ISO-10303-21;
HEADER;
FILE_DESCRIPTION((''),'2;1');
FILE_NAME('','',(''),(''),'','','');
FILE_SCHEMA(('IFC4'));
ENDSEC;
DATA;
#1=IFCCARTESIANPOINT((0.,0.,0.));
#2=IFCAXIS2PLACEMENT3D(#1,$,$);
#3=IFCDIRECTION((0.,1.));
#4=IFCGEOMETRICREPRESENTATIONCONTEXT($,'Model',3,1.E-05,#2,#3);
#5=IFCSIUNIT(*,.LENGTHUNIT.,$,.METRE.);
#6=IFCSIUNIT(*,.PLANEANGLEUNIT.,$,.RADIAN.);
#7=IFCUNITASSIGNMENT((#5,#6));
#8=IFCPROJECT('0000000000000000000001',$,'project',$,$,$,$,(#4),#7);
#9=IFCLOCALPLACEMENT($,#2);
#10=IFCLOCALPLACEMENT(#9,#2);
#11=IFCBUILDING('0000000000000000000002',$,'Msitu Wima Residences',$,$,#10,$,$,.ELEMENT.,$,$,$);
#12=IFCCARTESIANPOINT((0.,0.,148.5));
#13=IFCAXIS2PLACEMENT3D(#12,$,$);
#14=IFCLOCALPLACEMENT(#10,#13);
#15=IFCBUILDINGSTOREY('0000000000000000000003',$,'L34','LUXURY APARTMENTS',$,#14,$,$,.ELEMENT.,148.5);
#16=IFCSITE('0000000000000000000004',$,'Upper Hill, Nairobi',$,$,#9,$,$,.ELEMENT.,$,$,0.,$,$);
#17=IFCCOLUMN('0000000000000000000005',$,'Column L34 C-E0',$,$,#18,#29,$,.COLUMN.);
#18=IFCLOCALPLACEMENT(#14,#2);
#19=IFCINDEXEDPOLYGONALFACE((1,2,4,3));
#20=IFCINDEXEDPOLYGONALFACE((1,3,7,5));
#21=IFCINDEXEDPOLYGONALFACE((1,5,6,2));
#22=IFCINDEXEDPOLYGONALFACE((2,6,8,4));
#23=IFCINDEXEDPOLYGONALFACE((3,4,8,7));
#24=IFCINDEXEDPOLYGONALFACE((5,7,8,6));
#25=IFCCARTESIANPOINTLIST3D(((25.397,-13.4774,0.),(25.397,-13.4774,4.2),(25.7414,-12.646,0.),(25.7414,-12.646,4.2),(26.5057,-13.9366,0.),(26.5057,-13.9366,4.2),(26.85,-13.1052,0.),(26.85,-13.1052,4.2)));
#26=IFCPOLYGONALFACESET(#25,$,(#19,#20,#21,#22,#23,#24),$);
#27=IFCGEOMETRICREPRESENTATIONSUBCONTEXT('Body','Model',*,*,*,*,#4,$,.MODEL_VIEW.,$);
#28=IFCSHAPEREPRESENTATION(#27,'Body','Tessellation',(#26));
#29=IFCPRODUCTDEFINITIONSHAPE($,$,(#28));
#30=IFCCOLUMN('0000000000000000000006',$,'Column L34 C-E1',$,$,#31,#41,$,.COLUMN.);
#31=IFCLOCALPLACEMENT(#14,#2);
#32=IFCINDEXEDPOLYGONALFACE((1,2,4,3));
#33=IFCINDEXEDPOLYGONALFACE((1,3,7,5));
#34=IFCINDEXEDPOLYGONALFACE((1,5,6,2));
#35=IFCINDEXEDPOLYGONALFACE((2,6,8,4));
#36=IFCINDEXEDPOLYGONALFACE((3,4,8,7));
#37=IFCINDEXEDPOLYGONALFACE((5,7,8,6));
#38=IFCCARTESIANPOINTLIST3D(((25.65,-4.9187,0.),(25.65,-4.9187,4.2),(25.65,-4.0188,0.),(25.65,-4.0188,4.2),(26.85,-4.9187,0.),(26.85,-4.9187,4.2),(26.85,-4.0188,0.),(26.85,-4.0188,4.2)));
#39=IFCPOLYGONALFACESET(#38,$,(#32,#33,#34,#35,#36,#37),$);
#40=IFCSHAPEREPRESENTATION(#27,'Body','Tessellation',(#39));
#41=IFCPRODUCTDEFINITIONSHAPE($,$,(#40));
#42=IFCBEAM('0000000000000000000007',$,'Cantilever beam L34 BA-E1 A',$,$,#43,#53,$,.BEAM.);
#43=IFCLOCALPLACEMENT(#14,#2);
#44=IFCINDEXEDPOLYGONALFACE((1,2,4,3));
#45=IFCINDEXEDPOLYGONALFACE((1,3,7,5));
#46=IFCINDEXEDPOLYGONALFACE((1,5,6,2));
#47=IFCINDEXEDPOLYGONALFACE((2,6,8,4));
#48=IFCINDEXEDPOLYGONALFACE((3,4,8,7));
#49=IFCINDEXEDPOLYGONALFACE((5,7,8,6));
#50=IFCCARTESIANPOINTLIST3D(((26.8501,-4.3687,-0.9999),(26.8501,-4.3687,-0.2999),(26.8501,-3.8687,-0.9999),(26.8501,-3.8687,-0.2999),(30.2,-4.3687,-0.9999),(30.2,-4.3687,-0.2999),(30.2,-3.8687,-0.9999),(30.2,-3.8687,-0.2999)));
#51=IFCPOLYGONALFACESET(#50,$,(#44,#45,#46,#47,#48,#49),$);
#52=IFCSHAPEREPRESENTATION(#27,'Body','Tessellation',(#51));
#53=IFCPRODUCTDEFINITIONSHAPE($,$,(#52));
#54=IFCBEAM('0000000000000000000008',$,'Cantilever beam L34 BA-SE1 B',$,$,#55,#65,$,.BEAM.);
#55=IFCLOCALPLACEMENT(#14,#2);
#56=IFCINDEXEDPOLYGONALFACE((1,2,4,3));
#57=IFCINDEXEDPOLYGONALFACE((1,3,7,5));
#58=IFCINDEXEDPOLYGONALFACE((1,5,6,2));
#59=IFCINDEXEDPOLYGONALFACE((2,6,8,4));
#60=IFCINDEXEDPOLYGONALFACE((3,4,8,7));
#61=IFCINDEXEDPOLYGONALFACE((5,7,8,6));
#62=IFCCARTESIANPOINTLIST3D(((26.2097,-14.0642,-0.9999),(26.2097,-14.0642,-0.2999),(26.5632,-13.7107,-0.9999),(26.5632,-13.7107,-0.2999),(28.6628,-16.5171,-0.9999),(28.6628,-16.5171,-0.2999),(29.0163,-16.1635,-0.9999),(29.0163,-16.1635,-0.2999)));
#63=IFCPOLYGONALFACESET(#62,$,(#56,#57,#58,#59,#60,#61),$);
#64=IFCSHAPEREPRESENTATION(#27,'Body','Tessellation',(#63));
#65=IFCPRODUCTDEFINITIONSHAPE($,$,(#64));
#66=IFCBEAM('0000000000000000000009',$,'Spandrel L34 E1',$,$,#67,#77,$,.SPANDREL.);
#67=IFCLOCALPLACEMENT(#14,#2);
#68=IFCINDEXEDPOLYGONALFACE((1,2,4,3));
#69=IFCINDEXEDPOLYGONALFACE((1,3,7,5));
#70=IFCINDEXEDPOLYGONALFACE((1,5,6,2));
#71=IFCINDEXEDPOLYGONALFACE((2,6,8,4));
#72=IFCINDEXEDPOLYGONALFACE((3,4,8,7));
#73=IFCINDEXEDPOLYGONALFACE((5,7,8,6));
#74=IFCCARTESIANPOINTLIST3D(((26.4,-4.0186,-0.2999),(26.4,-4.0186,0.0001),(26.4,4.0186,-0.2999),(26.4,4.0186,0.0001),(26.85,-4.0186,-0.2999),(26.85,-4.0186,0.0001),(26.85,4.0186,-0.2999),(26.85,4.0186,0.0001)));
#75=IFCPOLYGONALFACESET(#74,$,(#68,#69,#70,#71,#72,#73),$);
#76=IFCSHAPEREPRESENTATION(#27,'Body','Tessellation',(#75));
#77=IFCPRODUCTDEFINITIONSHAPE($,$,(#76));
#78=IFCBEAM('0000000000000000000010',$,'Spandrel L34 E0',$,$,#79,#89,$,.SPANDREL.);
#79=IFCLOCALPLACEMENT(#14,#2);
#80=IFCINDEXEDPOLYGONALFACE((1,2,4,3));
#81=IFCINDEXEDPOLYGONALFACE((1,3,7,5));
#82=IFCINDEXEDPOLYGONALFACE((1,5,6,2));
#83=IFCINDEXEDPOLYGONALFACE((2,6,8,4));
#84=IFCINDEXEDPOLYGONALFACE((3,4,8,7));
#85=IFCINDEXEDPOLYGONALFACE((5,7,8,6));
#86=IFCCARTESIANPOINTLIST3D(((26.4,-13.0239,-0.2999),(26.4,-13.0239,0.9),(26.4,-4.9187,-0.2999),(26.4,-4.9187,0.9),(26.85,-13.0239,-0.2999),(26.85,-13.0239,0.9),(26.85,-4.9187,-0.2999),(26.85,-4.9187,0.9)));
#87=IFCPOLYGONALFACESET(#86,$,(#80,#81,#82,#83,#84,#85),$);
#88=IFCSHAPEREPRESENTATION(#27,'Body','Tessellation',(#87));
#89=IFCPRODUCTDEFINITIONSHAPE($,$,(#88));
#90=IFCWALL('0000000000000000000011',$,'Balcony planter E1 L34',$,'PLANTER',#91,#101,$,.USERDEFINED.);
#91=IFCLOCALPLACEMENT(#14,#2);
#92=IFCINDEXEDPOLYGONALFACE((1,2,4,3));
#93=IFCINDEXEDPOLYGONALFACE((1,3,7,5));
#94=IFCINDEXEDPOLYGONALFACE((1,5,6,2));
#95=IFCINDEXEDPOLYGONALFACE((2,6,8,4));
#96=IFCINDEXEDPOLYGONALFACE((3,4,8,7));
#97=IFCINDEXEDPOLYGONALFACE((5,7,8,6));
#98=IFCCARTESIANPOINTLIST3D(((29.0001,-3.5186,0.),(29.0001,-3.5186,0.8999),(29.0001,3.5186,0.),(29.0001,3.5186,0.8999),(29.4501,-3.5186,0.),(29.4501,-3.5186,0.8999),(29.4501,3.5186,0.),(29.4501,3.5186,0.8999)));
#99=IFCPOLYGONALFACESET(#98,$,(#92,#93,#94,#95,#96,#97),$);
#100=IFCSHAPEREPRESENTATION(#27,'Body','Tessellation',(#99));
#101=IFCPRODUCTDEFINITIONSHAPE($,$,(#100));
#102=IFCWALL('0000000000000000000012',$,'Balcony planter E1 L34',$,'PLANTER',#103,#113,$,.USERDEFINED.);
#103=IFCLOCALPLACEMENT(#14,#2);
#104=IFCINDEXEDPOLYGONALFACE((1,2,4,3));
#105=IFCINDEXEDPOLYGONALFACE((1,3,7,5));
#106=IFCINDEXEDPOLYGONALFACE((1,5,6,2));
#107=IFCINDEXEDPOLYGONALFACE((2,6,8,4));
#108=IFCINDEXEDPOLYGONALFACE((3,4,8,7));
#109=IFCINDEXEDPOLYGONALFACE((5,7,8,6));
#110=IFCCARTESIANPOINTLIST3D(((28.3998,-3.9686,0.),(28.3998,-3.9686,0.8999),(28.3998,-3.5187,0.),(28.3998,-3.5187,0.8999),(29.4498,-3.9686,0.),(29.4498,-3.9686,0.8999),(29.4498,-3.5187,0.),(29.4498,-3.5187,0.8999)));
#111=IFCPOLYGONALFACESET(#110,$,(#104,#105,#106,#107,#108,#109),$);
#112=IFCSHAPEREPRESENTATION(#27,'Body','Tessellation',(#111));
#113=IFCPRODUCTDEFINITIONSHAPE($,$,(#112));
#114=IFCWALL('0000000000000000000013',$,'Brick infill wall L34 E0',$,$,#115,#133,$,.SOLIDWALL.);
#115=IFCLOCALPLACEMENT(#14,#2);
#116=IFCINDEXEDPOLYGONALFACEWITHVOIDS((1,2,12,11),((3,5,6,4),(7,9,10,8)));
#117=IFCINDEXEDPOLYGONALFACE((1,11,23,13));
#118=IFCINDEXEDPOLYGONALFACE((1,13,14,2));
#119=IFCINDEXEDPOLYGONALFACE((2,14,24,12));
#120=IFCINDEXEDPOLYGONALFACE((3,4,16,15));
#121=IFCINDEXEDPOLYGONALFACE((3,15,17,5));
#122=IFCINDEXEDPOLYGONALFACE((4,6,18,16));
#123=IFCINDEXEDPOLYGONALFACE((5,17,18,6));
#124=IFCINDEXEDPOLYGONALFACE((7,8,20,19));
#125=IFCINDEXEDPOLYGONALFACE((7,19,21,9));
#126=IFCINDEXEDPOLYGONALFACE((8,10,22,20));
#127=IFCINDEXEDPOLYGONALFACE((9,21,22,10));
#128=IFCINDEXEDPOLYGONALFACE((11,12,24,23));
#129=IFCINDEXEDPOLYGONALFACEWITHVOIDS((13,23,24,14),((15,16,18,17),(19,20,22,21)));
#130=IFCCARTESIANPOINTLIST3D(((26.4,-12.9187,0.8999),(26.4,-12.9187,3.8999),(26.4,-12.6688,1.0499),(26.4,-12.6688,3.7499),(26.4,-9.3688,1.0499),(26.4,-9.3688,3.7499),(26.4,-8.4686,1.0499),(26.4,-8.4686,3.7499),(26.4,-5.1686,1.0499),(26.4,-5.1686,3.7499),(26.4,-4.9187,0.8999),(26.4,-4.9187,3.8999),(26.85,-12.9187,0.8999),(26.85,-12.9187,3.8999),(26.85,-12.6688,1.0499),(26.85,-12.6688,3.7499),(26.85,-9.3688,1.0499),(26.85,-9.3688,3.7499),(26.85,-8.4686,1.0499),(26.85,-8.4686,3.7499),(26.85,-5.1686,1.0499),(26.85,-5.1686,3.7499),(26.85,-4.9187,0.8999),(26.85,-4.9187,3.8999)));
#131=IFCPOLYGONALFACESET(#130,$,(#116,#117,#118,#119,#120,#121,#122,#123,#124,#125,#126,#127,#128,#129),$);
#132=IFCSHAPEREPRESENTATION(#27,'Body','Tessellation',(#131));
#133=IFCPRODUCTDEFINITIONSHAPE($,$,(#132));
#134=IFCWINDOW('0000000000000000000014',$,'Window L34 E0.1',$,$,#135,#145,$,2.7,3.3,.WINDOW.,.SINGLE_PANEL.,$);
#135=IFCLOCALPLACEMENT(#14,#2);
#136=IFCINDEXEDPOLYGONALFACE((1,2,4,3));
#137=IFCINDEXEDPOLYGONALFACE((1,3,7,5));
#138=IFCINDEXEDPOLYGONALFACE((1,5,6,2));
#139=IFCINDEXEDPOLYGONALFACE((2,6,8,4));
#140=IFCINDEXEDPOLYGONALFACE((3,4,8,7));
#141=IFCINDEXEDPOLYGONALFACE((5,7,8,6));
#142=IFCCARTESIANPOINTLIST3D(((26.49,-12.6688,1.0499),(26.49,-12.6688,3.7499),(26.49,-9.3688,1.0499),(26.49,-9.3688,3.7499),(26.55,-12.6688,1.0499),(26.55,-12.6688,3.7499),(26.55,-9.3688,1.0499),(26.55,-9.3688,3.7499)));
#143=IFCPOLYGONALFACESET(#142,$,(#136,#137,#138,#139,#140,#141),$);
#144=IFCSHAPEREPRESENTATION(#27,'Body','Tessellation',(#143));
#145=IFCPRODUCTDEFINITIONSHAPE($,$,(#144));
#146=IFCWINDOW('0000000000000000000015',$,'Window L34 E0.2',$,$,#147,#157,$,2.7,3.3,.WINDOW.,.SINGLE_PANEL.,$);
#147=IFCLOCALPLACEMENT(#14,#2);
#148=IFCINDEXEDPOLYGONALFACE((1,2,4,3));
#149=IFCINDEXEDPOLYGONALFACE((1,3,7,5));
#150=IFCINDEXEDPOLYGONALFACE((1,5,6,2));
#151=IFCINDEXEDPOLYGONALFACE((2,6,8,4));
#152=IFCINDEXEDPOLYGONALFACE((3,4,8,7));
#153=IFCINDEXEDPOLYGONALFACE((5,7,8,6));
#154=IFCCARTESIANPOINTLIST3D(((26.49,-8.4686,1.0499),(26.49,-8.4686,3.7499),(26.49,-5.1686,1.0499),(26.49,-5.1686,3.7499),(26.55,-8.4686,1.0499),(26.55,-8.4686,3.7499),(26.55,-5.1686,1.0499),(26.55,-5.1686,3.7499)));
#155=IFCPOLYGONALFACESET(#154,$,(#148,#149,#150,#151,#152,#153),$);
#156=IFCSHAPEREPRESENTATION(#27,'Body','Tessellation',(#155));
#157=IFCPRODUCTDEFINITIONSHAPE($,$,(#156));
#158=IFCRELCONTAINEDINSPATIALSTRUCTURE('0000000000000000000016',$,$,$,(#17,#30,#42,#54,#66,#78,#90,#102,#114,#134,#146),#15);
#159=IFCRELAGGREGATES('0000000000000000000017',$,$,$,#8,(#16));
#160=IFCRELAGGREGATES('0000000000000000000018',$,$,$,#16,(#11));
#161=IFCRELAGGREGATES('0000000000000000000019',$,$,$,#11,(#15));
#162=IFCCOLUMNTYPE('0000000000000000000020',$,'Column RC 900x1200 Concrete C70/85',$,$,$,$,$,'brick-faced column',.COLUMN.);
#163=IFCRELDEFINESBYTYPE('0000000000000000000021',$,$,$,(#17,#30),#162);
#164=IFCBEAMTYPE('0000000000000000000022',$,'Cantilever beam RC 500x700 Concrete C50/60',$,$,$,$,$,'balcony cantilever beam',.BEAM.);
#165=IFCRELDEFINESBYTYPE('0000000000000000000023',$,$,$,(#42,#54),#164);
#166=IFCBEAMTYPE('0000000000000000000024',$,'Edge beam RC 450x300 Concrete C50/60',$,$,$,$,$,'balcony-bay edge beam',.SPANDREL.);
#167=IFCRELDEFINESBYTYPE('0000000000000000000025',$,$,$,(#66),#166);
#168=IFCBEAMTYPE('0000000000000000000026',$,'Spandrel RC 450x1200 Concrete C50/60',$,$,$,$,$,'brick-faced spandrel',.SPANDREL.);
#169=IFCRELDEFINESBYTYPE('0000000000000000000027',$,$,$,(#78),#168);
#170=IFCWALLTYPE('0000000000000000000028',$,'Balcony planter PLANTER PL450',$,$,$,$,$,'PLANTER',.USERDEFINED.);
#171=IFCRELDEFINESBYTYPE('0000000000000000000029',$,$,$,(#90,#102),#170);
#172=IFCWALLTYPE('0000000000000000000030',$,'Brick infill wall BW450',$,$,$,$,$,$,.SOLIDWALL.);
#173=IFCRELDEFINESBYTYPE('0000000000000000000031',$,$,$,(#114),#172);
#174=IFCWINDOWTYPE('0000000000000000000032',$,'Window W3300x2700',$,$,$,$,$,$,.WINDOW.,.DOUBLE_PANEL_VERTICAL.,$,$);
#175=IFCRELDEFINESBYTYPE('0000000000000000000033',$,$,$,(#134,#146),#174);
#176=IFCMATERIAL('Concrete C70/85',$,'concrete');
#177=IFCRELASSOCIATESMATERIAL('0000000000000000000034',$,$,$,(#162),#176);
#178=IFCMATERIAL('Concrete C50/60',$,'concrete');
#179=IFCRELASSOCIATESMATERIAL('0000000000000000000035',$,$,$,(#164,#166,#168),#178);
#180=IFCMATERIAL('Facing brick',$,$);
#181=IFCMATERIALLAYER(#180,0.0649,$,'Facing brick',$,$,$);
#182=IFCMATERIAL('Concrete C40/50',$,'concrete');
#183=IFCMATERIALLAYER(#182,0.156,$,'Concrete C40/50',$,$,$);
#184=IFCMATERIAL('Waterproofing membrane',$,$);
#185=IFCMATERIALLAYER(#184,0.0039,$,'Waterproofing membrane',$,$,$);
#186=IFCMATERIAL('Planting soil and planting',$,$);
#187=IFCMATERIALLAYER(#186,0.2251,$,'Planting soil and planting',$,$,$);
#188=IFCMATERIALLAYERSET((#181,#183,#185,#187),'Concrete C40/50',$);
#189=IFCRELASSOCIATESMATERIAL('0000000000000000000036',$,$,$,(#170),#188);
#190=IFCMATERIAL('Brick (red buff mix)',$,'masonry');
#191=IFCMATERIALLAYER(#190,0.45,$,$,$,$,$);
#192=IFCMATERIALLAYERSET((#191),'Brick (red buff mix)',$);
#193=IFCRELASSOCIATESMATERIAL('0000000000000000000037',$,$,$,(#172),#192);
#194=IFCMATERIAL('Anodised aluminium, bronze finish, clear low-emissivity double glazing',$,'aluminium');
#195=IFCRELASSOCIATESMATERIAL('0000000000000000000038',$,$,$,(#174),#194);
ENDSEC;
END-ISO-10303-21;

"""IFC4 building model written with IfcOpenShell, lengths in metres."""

from ifc_helpers import new_model, si_unit, direction, frame, frame_2d, origin, origin_2d, place, context, subcontext, project, spatial, rectangle, extrude, material, layer, layer_set, material_profile, profile_set, type_object, element, fill, save


model = new_model("IFC4")

# Units and contexts
model_context = context("Model", 3, precision=1e-05, world=origin(), true_north=direction((0.0, 1.0)))
body_context = subcontext(model_context, "Body", "Model", "MODEL_VIEW")
ifc_project = project(units=[si_unit("LENGTHUNIT", "METRE"), si_unit("PLANEANGLEUNIT", "RADIAN")], contexts=[model_context])

# Site, building, storey
site_placement = place(None, origin())
site = spatial("IfcSite", under=ifc_project, at=site_placement, Name="Upper Hill, Nairobi", CompositionType="ELEMENT", RefElevation=0.0)
building_placement = place(site_placement, origin())
building = spatial("IfcBuilding", under=site, at=building_placement, Name="Msitu Wima Residences", CompositionType="ELEMENT")
storey_placement = place(building_placement, frame((0.0, 0.0, 148.5)))
storey = spatial("IfcBuildingStorey", under=building, at=storey_placement, Name="L34", Description="LUXURY APARTMENTS", CompositionType="ELEMENT", Elevation=148.5)

# Columns
ifc_material_1 = material(Name="Concrete C70/85", Category="concrete")
ifc_material_profile_1 = material_profile(ifc_material_1, rectangle(XDim=0.8999, YDim=1.2, at=origin_2d()), Name="RC 900x1200")
ifc_profile_set_1 = profile_set([ifc_material_profile_1], Name="Concrete C70/85")
column_type = type_object("IfcColumnType", Name="Column RC 900x1200 Concrete C70/85", ElementType="brick-faced column", PredefinedType="COLUMN", material=ifc_profile_set_1)
for number, where, z_axis, x_axis, name in (
    (1, (26.1235, -13.2913, 0.0), (0.0, 0.0, 1.0), (0.382683, 0.92388, 0.0), "Column L34 C-E0"),
    (2, (26.25, -4.4688, 0.0), (0.0, 0.0, 1.0), (0.0, 1.0, 0.0), "Column L34 C-E1"),
):
    element("IfcColumn", number, at=place(storey_placement, frame(where, z_axis=z_axis, x_axis=x_axis)), inside=storey, type_object=column_type, Name=name, PredefinedType="COLUMN", context=body_context, shape_type="SweptSolid", body=[
        extrude(rectangle(XDim=0.8999, YDim=1.2, at=origin_2d()), origin(), (0.0, 0.0, 1.0), 4.2),
    ])

# Beams
ifc_material_2 = material(Name="Concrete C50/60", Category="concrete")
ifc_material_profile_2 = material_profile(ifc_material_2, rectangle(XDim=0.5, YDim=0.7, at=origin_2d()), Name="RC 500x700")
ifc_profile_set_2 = profile_set([ifc_material_profile_2], Name="Concrete C50/60")
beam_type_1 = type_object("IfcBeamType", Name="Cantilever beam RC 500x700 Concrete C50/60", ElementType="balcony cantilever beam", PredefinedType="BEAM", material=ifc_profile_set_2)
beam_1_placement = place(storey_placement, frame((26.8501, -4.1187, -0.6499), z_axis=(1.0, 0.0, 0.0), x_axis=(0.0, 1.0, 0.0)))
element("IfcBeam", 3, at=beam_1_placement, inside=storey, type_object=beam_type_1, Name="Cantilever beam L34 BA-E1 A", PredefinedType="BEAM", context=body_context, shape_type="SweptSolid", body=[
    extrude(rectangle(XDim=0.5, YDim=0.7, at=origin_2d()), origin(), (0.0, 0.0, 1.0), 3.3499),
])
beam_2_placement = place(storey_placement, frame((26.3865, -13.8875, -0.6499), z_axis=(0.707142, -0.707072, 0.0), x_axis=(0.707072, 0.707142, 0.0)))
element("IfcBeam", 4, at=beam_2_placement, inside=storey, type_object=beam_type_1, Name="Cantilever beam L34 BA-SE1 B", PredefinedType="BEAM", context=body_context, shape_type="SweptSolid", body=[
    extrude(rectangle(XDim=0.5, YDim=0.7, at=origin_2d()), origin(), (0.0, 0.0, 1.0), 3.469),
])
ifc_material_profile_3 = material_profile(ifc_material_2, rectangle(XDim=0.45, YDim=0.3, at=origin_2d()), Name="RC 450x300")
ifc_profile_set_3 = profile_set([ifc_material_profile_3], Name="Concrete C50/60")
beam_type_2 = type_object("IfcBeamType", Name="Edge beam RC 450x300 Concrete C50/60", ElementType="balcony-bay edge beam", PredefinedType="SPANDREL", material=ifc_profile_set_3)
beam_3_placement = place(storey_placement, frame((26.625, -4.0186, -0.1499), z_axis=(0.0, 1.0, 0.0), x_axis=(-1.0, 0.0, 0.0)))
element("IfcBeam", 5, at=beam_3_placement, inside=storey, type_object=beam_type_2, Name="Spandrel L34 E1", PredefinedType="SPANDREL", context=body_context, shape_type="SweptSolid", body=[
    extrude(rectangle(XDim=0.45, YDim=0.3, at=origin_2d()), origin(), (0.0, 0.0, 1.0), 8.0371),
])
ifc_material_profile_4 = material_profile(ifc_material_2, rectangle(XDim=0.45, YDim=1.2, at=origin_2d()), Name="RC 450x1200")
ifc_profile_set_4 = profile_set([ifc_material_profile_4], Name="Concrete C50/60")
beam_type_3 = type_object("IfcBeamType", Name="Spandrel RC 450x1200 Concrete C50/60", ElementType="brick-faced spandrel", PredefinedType="SPANDREL", material=ifc_profile_set_4)
beam_4_placement = place(storey_placement, frame((26.625, -13.0239, 0.3), z_axis=(0.0, 1.0, 0.0), x_axis=(-1.0, 0.0, 0.0)))
element("IfcBeam", 6, at=beam_4_placement, inside=storey, type_object=beam_type_3, Name="Spandrel L34 E0", PredefinedType="SPANDREL", context=body_context, shape_type="SweptSolid", body=[
    extrude(rectangle(XDim=0.45, YDim=1.2, at=origin_2d()), origin(), (0.0, 0.0, 1.0), 8.1052),
])

# Walls
ifc_material_3 = material(Name="Facing brick")
ifc_layer_1 = layer(ifc_material_3, 0.0649, Name="Facing brick")
ifc_material_4 = material(Name="Concrete C40/50", Category="concrete")
ifc_layer_2 = layer(ifc_material_4, 0.156, Name="Concrete C40/50")
ifc_material_5 = material(Name="Waterproofing membrane")
ifc_layer_3 = layer(ifc_material_5, 0.0039, Name="Waterproofing membrane")
ifc_material_6 = material(Name="Planting soil and planting")
ifc_layer_4 = layer(ifc_material_6, 0.2251, Name="Planting soil and planting")
ifc_layer_set_1 = layer_set([ifc_layer_1, ifc_layer_2, ifc_layer_3, ifc_layer_4], Name="Concrete C40/50")
wall_type_1 = type_object("IfcWallType", Name="Balcony planter PLANTER PL450", ElementType="PLANTER", PredefinedType="USERDEFINED", material=ifc_layer_set_1)
wall_1_placement = place(storey_placement, frame((29.2251, -3.5186, 0.0), z_axis=(0.0, 0.0, 1.0), x_axis=(0.0, 1.0, 0.0)))
element("IfcWall", 7, at=wall_1_placement, inside=storey, type_object=wall_type_1, Name="Balcony planter E1 L34", ObjectType="PLANTER", PredefinedType="USERDEFINED", context=body_context, shape_type="SweptSolid", body=[
    extrude(rectangle(XDim=7.0371, YDim=0.45, at=frame_2d((3.5186, 0.0))), origin(), (0.0, 0.0, 1.0), 0.8999),
])
wall_2_placement = place(storey_placement, frame((28.3999, -3.7437, 0.0), z_axis=(0.0, 0.0, 1.0), x_axis=(1.0, 0.0, 0.0)))
element("IfcWall", 8, at=wall_2_placement, inside=storey, type_object=wall_type_1, Name="Balcony planter E1 L34", ObjectType="PLANTER", PredefinedType="USERDEFINED", context=body_context, shape_type="SweptSolid", body=[
    extrude(rectangle(XDim=1.05, YDim=0.45, at=frame_2d((0.5249, 0.0))), origin(), (0.0, 0.0, 1.0), 0.8999),
])

# Wall, openings, windows
ifc_material_7 = material(Name="Brick (red buff mix)", Category="masonry")
ifc_layer_5 = layer(ifc_material_7, 0.45)
ifc_layer_set_2 = layer_set([ifc_layer_5], Name="Brick (red buff mix)")
wall_type_2 = type_object("IfcWallType", Name="Brick infill wall BW450", PredefinedType="SOLIDWALL", material=ifc_layer_set_2)
wall_3_placement = place(storey_placement, frame((26.625, -12.9187, 0.8999), z_axis=(0.0, 0.0, 1.0), x_axis=(0.0, 1.0, 0.0)))
wall_3 = element("IfcWall", 9, at=wall_3_placement, inside=storey, type_object=wall_type_2, Name="Brick infill wall L34 E0", PredefinedType="SOLIDWALL", context=body_context, shape_type="SweptSolid", body=[
    extrude(rectangle(XDim=8.0, YDim=0.45, at=frame_2d((4.0, 0.0))), origin(), (0.0, 0.0, 1.0), 3.0),
])
opening_1_placement = place(wall_3_placement, frame((0.25, 0.0, 0.1499)))
opening_1 = element("IfcOpeningElement", 10, at=opening_1_placement, cuts=wall_3, PredefinedType="OPENING", context=body_context, shape_type="SweptSolid", body=[
    extrude(rectangle(XDim=3.3, YDim=2.7, at=frame_2d((1.6499, 1.3501))), frame((0.0, 0.2349, 0.0), z_axis=(0.0, -1.0, 0.0), x_axis=(1.0, 0.0, 0.0)), (0.0, 0.0, 1.0), 0.47),
])
opening_2_placement = place(wall_3_placement, frame((4.4502, 0.0, 0.1499)))
opening_2 = element("IfcOpeningElement", 11, at=opening_2_placement, cuts=wall_3, PredefinedType="OPENING", context=body_context, shape_type="SweptSolid", body=[
    extrude(rectangle(XDim=3.3, YDim=2.7, at=frame_2d((1.6499, 1.3501))), frame((0.0, 0.2349, 0.0), z_axis=(0.0, -1.0, 0.0), x_axis=(1.0, 0.0, 0.0)), (0.0, 0.0, 1.0), 0.47),
])
ifc_material_8 = material(Name="Anodised aluminium, bronze finish, clear low-emissivity double glazing", Category="aluminium")
window_type = type_object("IfcWindowType", Name="Window W3300x2700", PartitioningType="DOUBLE_PANEL_VERTICAL", PredefinedType="WINDOW", material=ifc_material_8)
window_1_placement = place(opening_1_placement, origin())
window_1 = element("IfcWindow", 12, at=window_1_placement, inside=storey, type_object=window_type, Name="Window L34 E0.1", OverallHeight=2.7, OverallWidth=3.3, PartitioningType="SINGLE_PANEL", PredefinedType="WINDOW", context=body_context, shape_type="SweptSolid", body=[
    extrude(rectangle(XDim=3.3, YDim=2.7, at=frame_2d((1.6499, 1.3501))), frame((0.0, 0.135, 0.0), z_axis=(0.0, -1.0, 0.0), x_axis=(1.0, 0.0, 0.0)), (0.0, 0.0, 1.0), 0.0601),
])
fill(opening_1, window_1)
window_2_placement = place(opening_2_placement, origin())
window_2 = element("IfcWindow", 13, at=window_2_placement, inside=storey, type_object=window_type, Name="Window L34 E0.2", OverallHeight=2.7, OverallWidth=3.3, PartitioningType="SINGLE_PANEL", PredefinedType="WINDOW", context=body_context, shape_type="SweptSolid", body=[
    extrude(rectangle(XDim=3.3, YDim=2.7, at=frame_2d((1.6499, 1.3501))), frame((0.0, 0.135, 0.0), z_axis=(0.0, -1.0, 0.0), x_axis=(1.0, 0.0, 0.0)), (0.0, 0.0, 1.0), 0.0601),
])
fill(opening_2, window_2)

save(model, "model.ifc")
